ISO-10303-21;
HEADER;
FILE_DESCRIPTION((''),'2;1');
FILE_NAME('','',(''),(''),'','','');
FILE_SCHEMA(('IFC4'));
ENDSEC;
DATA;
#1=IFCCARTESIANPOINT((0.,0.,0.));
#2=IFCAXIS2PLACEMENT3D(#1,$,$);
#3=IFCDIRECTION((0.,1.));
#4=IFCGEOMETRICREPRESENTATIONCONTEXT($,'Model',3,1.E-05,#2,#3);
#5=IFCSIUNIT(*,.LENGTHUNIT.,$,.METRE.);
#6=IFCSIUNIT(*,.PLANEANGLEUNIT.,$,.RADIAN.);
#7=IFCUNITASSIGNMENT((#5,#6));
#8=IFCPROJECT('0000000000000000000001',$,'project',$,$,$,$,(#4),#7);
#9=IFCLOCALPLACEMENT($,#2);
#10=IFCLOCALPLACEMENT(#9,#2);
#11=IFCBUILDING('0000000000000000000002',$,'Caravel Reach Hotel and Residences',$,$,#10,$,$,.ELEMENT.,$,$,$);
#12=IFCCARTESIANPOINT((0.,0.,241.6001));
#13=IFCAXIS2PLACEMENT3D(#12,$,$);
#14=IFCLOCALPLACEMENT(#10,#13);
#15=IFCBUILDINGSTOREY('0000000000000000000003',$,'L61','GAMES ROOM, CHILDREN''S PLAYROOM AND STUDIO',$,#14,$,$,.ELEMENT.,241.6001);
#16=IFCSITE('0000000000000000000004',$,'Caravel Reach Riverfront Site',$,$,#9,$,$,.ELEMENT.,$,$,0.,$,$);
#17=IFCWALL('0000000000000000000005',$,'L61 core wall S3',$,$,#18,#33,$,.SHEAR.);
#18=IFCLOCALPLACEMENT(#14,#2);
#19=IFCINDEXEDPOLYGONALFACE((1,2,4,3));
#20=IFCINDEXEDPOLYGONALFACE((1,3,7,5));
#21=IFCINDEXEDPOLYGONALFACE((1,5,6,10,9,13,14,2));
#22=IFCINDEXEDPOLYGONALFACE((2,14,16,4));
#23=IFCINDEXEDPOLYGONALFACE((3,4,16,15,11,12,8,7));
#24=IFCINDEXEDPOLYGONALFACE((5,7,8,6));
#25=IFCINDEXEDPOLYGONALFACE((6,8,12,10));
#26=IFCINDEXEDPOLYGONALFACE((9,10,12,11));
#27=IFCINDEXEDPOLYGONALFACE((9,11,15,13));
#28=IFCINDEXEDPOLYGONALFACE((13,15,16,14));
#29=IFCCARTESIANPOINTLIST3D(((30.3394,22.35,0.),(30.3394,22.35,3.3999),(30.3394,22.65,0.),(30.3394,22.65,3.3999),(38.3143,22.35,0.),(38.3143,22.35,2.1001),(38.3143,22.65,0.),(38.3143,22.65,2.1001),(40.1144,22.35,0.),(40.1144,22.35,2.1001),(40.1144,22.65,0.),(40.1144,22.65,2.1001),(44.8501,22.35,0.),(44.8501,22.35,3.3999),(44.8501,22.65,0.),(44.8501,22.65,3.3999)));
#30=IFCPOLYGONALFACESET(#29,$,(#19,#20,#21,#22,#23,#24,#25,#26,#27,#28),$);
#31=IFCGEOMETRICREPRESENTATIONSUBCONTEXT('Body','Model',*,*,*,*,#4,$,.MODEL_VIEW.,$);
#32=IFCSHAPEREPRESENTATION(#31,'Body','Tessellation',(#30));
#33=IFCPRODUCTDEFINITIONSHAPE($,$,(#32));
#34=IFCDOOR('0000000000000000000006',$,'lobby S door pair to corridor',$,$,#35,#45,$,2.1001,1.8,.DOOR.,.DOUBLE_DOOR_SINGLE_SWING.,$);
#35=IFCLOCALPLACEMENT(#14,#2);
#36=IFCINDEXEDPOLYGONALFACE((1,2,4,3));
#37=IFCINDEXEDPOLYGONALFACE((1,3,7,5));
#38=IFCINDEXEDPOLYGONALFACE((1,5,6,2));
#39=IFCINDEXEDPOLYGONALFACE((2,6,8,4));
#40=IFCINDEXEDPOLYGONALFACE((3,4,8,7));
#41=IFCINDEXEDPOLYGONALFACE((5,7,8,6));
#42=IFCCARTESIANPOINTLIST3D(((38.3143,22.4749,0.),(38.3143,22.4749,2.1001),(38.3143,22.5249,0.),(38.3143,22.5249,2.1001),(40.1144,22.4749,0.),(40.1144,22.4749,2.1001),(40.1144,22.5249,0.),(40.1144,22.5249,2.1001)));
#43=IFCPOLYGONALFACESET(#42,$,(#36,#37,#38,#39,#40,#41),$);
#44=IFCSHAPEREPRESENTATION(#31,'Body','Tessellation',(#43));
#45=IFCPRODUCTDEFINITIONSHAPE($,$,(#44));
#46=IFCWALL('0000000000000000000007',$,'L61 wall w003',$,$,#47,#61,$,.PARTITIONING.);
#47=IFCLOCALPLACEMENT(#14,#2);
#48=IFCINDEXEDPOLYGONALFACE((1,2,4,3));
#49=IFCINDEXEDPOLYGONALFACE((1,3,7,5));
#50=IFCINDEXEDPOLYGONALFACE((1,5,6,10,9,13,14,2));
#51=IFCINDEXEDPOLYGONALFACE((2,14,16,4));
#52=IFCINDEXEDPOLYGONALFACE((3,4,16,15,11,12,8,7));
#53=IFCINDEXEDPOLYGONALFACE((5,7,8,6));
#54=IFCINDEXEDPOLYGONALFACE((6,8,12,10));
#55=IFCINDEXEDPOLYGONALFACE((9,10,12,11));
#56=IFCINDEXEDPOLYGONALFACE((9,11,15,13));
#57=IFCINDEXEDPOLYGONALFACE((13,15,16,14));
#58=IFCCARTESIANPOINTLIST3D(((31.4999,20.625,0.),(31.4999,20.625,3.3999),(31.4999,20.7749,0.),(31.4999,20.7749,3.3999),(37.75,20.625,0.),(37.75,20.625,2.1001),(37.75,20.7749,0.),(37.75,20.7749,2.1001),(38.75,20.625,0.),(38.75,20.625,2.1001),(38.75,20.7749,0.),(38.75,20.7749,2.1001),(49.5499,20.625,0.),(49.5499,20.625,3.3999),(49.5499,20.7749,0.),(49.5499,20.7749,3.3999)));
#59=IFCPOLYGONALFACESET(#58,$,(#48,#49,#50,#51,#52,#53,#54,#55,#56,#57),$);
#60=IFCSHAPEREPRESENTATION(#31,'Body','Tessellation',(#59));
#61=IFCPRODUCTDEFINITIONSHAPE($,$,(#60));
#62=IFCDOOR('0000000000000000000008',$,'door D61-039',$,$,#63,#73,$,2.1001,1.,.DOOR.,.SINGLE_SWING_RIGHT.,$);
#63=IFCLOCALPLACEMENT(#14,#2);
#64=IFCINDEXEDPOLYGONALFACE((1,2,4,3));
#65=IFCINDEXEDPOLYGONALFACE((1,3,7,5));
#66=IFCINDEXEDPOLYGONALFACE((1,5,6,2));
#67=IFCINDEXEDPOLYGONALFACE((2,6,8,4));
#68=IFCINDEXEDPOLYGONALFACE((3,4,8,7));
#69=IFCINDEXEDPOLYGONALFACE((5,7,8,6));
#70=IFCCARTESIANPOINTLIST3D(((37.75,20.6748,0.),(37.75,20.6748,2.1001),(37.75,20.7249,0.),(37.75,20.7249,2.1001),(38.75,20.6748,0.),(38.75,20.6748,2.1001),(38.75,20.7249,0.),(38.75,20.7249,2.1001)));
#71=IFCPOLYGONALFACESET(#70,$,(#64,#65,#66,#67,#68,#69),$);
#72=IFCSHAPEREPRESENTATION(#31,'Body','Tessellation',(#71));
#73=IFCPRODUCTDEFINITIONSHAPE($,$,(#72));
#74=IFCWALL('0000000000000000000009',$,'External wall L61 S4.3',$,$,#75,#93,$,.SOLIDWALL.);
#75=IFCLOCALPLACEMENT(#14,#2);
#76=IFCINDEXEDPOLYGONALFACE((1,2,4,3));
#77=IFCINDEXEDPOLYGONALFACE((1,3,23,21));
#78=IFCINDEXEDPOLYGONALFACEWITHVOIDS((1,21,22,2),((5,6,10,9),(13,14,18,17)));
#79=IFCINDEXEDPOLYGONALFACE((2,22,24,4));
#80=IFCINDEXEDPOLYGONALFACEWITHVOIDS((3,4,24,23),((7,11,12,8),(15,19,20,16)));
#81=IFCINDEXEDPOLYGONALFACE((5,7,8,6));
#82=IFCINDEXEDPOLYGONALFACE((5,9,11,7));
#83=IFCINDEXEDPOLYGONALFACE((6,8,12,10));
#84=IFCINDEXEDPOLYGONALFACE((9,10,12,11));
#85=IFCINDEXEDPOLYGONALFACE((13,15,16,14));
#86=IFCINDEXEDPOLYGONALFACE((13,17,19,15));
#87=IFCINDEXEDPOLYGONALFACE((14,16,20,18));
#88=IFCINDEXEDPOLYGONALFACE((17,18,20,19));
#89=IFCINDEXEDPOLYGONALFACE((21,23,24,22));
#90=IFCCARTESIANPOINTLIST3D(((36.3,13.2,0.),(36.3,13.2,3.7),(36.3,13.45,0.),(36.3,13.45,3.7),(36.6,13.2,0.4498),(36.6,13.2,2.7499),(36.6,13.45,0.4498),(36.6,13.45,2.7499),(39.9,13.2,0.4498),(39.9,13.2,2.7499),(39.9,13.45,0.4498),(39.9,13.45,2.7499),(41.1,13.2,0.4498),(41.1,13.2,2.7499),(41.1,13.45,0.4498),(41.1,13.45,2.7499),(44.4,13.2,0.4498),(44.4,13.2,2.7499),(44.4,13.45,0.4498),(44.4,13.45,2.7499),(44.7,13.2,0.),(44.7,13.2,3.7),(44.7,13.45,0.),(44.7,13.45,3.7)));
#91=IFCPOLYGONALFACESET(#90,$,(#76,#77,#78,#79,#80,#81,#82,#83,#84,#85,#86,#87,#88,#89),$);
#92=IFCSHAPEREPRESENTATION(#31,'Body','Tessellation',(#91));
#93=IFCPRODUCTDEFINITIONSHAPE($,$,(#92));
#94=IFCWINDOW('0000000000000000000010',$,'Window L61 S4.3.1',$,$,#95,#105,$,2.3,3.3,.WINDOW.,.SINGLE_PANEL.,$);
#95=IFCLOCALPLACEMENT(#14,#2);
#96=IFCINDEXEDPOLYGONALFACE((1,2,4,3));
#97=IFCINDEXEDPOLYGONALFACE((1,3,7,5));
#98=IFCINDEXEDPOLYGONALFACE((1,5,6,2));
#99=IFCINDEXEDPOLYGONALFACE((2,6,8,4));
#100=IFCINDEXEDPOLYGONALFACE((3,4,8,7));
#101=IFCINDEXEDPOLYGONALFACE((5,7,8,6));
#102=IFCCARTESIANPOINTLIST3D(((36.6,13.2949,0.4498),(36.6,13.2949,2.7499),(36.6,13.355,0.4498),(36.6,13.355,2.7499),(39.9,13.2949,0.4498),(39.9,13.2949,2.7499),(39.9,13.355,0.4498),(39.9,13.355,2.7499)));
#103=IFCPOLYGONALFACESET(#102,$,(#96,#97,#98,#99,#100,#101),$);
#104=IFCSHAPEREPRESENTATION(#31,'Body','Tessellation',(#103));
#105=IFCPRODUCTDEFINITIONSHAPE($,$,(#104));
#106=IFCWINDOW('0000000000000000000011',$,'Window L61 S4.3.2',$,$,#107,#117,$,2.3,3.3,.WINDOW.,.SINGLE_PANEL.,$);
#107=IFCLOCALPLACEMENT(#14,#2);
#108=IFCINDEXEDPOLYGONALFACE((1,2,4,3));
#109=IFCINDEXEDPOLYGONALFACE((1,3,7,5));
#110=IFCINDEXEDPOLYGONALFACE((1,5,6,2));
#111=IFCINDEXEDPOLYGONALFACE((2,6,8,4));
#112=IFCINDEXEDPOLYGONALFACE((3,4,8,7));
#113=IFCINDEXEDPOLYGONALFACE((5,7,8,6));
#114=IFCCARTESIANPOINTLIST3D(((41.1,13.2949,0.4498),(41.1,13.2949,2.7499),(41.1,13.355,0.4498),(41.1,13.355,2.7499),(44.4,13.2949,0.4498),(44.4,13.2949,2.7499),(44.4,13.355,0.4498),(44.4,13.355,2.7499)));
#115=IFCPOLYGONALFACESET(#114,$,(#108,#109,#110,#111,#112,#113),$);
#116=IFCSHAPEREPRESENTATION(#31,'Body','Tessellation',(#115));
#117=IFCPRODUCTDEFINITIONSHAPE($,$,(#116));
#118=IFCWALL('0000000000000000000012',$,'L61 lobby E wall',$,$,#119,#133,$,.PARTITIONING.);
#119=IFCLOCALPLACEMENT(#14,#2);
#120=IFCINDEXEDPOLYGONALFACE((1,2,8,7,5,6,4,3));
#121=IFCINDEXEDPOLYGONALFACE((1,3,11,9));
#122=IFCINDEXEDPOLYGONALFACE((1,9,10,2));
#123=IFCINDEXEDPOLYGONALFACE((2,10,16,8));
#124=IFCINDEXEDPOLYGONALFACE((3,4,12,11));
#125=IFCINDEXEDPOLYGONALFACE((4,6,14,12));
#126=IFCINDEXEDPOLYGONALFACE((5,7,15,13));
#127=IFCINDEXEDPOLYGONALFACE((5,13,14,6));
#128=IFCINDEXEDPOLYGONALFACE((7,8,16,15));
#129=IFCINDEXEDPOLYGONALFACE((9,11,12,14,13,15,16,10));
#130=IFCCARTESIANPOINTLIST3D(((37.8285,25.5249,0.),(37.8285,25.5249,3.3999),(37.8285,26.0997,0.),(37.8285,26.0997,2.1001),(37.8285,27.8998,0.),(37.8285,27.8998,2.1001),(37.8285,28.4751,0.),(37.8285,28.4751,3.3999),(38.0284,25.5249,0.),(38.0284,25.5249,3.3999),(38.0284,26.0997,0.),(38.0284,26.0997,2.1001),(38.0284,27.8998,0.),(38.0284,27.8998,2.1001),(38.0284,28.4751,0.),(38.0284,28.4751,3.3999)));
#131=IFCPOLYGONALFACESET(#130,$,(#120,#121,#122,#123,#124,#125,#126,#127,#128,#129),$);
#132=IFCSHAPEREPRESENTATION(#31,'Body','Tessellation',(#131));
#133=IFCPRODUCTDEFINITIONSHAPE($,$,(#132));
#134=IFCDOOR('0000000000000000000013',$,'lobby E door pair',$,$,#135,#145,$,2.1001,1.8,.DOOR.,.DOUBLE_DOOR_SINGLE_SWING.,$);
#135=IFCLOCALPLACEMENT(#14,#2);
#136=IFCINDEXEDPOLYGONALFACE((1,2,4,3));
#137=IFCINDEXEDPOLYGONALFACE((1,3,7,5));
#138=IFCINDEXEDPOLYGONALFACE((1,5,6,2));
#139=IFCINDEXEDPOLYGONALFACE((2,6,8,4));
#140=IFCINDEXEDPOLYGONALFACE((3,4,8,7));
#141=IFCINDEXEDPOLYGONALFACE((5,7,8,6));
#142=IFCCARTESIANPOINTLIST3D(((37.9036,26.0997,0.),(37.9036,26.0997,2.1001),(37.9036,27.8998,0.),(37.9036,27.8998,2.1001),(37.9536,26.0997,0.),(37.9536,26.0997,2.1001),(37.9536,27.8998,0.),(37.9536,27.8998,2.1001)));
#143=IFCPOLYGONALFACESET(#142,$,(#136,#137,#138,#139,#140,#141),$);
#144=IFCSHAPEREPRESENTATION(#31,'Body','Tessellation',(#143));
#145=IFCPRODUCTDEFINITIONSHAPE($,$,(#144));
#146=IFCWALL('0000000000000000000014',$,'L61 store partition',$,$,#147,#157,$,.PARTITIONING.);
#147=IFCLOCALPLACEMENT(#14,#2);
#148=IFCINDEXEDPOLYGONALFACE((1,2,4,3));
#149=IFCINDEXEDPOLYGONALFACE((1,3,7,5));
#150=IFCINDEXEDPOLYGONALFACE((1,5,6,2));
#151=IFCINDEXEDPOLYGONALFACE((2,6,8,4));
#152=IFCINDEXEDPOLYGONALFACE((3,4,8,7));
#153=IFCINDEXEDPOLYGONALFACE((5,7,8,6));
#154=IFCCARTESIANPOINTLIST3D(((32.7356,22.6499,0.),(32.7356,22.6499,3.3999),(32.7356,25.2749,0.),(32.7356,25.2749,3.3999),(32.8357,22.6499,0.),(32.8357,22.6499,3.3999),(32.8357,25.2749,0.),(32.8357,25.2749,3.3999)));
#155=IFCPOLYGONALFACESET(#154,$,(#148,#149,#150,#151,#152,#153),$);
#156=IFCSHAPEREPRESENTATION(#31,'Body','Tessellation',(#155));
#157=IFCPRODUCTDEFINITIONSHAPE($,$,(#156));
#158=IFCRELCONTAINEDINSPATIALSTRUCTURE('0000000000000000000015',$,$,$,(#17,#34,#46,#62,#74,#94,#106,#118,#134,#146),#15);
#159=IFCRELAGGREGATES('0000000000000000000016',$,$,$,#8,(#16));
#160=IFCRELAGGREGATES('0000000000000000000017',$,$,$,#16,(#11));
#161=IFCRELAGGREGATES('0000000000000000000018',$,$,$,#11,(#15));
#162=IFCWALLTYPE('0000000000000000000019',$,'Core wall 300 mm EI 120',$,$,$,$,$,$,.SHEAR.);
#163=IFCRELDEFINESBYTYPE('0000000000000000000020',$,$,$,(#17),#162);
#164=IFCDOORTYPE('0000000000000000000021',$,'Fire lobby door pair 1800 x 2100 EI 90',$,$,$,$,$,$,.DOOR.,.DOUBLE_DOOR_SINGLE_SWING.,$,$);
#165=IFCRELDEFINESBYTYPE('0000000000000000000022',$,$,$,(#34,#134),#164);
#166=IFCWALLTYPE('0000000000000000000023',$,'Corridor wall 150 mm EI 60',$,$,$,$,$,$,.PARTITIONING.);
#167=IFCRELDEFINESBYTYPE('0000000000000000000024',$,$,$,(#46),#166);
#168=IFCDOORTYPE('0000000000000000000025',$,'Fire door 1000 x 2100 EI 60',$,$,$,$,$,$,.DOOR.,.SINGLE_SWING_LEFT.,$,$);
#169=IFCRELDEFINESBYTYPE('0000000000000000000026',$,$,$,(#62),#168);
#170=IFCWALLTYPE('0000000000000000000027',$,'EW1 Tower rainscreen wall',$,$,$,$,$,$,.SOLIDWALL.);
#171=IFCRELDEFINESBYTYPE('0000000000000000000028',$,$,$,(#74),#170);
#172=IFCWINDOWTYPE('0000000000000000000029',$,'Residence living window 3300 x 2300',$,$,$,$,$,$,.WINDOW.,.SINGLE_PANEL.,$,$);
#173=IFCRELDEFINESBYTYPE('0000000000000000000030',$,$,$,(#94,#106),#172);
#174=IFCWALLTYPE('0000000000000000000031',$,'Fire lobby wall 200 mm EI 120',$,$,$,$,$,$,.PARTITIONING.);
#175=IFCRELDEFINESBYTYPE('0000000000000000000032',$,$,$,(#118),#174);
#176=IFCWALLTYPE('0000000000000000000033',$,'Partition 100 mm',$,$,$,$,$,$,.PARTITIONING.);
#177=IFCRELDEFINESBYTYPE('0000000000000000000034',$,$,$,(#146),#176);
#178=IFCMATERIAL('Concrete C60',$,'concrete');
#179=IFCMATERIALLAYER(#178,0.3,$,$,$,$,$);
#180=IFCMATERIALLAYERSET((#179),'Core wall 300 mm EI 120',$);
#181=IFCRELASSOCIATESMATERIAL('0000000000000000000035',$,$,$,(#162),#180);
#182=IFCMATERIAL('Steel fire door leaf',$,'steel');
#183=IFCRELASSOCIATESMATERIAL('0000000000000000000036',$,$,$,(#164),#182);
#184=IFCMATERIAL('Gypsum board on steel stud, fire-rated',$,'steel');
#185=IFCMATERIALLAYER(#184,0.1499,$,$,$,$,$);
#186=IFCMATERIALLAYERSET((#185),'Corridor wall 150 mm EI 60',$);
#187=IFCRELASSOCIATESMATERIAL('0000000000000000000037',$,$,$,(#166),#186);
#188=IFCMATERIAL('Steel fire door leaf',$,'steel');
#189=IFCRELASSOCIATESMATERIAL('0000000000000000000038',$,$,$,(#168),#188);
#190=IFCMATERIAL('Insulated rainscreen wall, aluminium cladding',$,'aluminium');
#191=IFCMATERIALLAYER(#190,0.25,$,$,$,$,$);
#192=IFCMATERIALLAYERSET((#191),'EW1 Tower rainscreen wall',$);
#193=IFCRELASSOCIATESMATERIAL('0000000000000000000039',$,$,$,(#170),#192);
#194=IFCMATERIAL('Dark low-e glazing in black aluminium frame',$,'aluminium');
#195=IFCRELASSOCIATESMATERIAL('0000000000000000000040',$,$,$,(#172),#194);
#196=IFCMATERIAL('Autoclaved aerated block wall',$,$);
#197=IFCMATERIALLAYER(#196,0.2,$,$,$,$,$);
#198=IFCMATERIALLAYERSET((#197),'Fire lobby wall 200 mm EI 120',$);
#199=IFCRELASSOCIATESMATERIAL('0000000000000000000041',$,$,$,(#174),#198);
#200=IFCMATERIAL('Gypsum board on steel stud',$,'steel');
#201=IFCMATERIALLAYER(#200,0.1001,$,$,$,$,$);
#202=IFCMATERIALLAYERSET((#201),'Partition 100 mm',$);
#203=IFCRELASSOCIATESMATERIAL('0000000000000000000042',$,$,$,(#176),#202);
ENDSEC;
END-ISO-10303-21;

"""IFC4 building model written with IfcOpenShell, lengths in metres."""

from ifc_helpers import new_model, si_unit, direction, frame, frame_2d, origin, place, context, subcontext, project, spatial, rectangle, extrude, material, layer, layer_set, type_object, element, fill, save


model = new_model("IFC4")

# Units and contexts
model_context = context("Model", 3, precision=1e-05, world=origin(), true_north=direction((0.0, 1.0)))
body_context = subcontext(model_context, "Body", "Model", "MODEL_VIEW")
ifc_project = project(units=[si_unit("LENGTHUNIT", "METRE"), si_unit("PLANEANGLEUNIT", "RADIAN")], contexts=[model_context])

# Site, building, storey
site_placement = place(None, origin())
site = spatial("IfcSite", under=ifc_project, at=site_placement, Name="Caravel Reach Riverfront Site", CompositionType="ELEMENT", RefElevation=0.0)
building_placement = place(site_placement, origin())
building = spatial("IfcBuilding", under=site, at=building_placement, Name="Caravel Reach Hotel and Residences", CompositionType="ELEMENT")
storey_placement = place(building_placement, frame((0.0, 0.0, 241.6001)))
storey = spatial("IfcBuildingStorey", under=building, at=storey_placement, Name="L61", Description="GAMES ROOM, CHILDREN'S PLAYROOM AND STUDIO", CompositionType="ELEMENT", Elevation=241.6001)

# Walls, openings, doors
ifc_material_1 = material(Name="Concrete C60", Category="concrete")
ifc_layer_1 = layer(ifc_material_1, 0.3)
ifc_layer_set_1 = layer_set([ifc_layer_1], Name="Core wall 300 mm EI 120")
wall_type_1 = type_object("IfcWallType", Name="Core wall 300 mm EI 120", PredefinedType="SHEAR", material=ifc_layer_set_1)
wall_1_placement = place(storey_placement, frame((30.3394, 22.5, 0.0), z_axis=(0.0, 0.0, 1.0), x_axis=(1.0, 0.0, 0.0)))
wall_1 = element("IfcWall", 1, at=wall_1_placement, inside=storey, type_object=wall_type_1, Name="L61 core wall S3", PredefinedType="SHEAR", context=body_context, shape_type="SweptSolid", body=[
    extrude(rectangle(XDim=14.5107, YDim=0.3, at=frame_2d((7.2554, 0.0))), origin(), (0.0, 0.0, 1.0), 3.3999),
])
opening_1_placement = place(wall_1_placement, frame((7.9751, 0.0, 0.0)))
opening_1 = element("IfcOpeningElement", 2, at=opening_1_placement, cuts=wall_1, PredefinedType="OPENING", context=body_context, shape_type="SweptSolid", body=[
    extrude(rectangle(XDim=1.8, YDim=2.1001, at=frame_2d((0.8999, 1.05))), frame((0.0, 0.1599, 0.0), z_axis=(0.0, -1.0, 0.0), x_axis=(1.0, 0.0, 0.0)), (0.0, 0.0, 1.0), 0.3201),
])
ifc_material_2 = material(Name="Steel fire door leaf", Category="steel")
door_type_1 = type_object("IfcDoorType", Name="Fire lobby door pair 1800 x 2100 EI 90", OperationType="DOUBLE_DOOR_SINGLE_SWING", PredefinedType="DOOR", material=ifc_material_2)
door_1_placement = place(opening_1_placement, origin())
door_1 = element("IfcDoor", 3, at=door_1_placement, inside=storey, type_object=door_type_1, Name="lobby S door pair to corridor", OperationType="DOUBLE_DOOR_SINGLE_SWING", OverallHeight=2.1001, OverallWidth=1.8, PredefinedType="DOOR", context=body_context, shape_type="SweptSolid", body=[
    extrude(rectangle(XDim=1.8, YDim=2.1001, at=frame_2d((0.8999, 1.05))), frame((0.0, 0.0249, 0.0), z_axis=(0.0, -1.0, 0.0), x_axis=(1.0, 0.0, 0.0)), (0.0, 0.0, 1.0), 0.05),
])
fill(opening_1, door_1)
ifc_material_3 = material(Name="Gypsum board on steel stud, fire-rated", Category="steel")
ifc_layer_2 = layer(ifc_material_3, 0.1499)
ifc_layer_set_2 = layer_set([ifc_layer_2], Name="Corridor wall 150 mm EI 60")
wall_type_2 = type_object("IfcWallType", Name="Corridor wall 150 mm EI 60", PredefinedType="PARTITIONING", material=ifc_layer_set_2)
wall_2_placement = place(storey_placement, frame((31.5, 20.7, 0.0), z_axis=(0.0, 0.0, 1.0), x_axis=(1.0, 0.0, 0.0)))
wall_2 = element("IfcWall", 4, at=wall_2_placement, inside=storey, type_object=wall_type_2, Name="L61 wall w003", PredefinedType="PARTITIONING", context=body_context, shape_type="SweptSolid", body=[
    extrude(rectangle(XDim=18.05, YDim=0.1499, at=frame_2d((9.0249, 0.0))), origin(), (0.0, 0.0, 1.0), 3.3999),
])
opening_2_placement = place(wall_2_placement, frame((6.25, 0.0, 0.0)))
opening_2 = element("IfcOpeningElement", 5, at=opening_2_placement, cuts=wall_2, PredefinedType="OPENING", context=body_context, shape_type="SweptSolid", body=[
    extrude(rectangle(XDim=1.0, YDim=2.1001, at=frame_2d((0.5, 1.05))), frame((0.0, 0.085, 0.0), z_axis=(0.0, -1.0, 0.0), x_axis=(1.0, 0.0, 0.0)), (0.0, 0.0, 1.0), 0.1699),
])
ifc_material_4 = material(Name="Steel fire door leaf", Category="steel")
door_type_2 = type_object("IfcDoorType", Name="Fire door 1000 x 2100 EI 60", OperationType="SINGLE_SWING_LEFT", PredefinedType="DOOR", material=ifc_material_4)
door_2_placement = place(opening_2_placement, origin())
door_2 = element("IfcDoor", 6, at=door_2_placement, inside=storey, type_object=door_type_2, Name="door D61-039", OperationType="SINGLE_SWING_RIGHT", OverallHeight=2.1001, OverallWidth=1.0, PredefinedType="DOOR", context=body_context, shape_type="SweptSolid", body=[
    extrude(rectangle(XDim=1.0, YDim=2.1001, at=frame_2d((0.5, 1.05))), frame((0.0, 0.0249, 0.0), z_axis=(0.0, -1.0, 0.0), x_axis=(1.0, 0.0, 0.0)), (0.0, 0.0, 1.0), 0.05),
])
fill(opening_2, door_2)

# Wall, openings, windows
ifc_material_5 = material(Name="Insulated rainscreen wall, aluminium cladding", Category="aluminium")
ifc_layer_3 = layer(ifc_material_5, 0.25)
ifc_layer_set_3 = layer_set([ifc_layer_3], Name="EW1 Tower rainscreen wall")
wall_type_3 = type_object("IfcWallType", Name="EW1 Tower rainscreen wall", PredefinedType="SOLIDWALL", material=ifc_layer_set_3)
wall_3_placement = place(storey_placement, frame((36.3, 13.325, 0.0), z_axis=(0.0, 0.0, 1.0), x_axis=(1.0, 0.0, 0.0)))
wall_3 = element("IfcWall", 7, at=wall_3_placement, inside=storey, type_object=wall_type_3, Name="External wall L61 S4.3", PredefinedType="SOLIDWALL", context=body_context, shape_type="SweptSolid", body=[
    extrude(rectangle(XDim=8.3999, YDim=0.25, at=frame_2d((4.2, 0.0))), origin(), (0.0, 0.0, 1.0), 3.7),
])
opening_3_placement = place(wall_3_placement, frame((0.3, 0.0, 0.45)))
opening_3 = element("IfcOpeningElement", 8, at=opening_3_placement, cuts=wall_3, PredefinedType="OPENING", context=body_context, shape_type="SweptSolid", body=[
    extrude(rectangle(XDim=3.3, YDim=2.3, at=frame_2d((1.6499, 1.1499))), frame((0.0, 0.135, 0.0), z_axis=(0.0, -1.0, 0.0), x_axis=(1.0, 0.0, 0.0)), (0.0, 0.0, 1.0), 0.27),
])
opening_4_placement = place(wall_3_placement, frame((4.8, 0.0, 0.45)))
opening_4 = element("IfcOpeningElement", 9, at=opening_4_placement, cuts=wall_3, PredefinedType="OPENING", context=body_context, shape_type="SweptSolid", body=[
    extrude(rectangle(XDim=3.3, YDim=2.3, at=frame_2d((1.6499, 1.1499))), frame((0.0, 0.135, 0.0), z_axis=(0.0, -1.0, 0.0), x_axis=(1.0, 0.0, 0.0)), (0.0, 0.0, 1.0), 0.27),
])
ifc_material_6 = material(Name="Dark low-e glazing in black aluminium frame", Category="aluminium")
window_type = type_object("IfcWindowType", Name="Residence living window 3300 x 2300", PartitioningType="SINGLE_PANEL", PredefinedType="WINDOW", material=ifc_material_6)
window_1_placement = place(opening_3_placement, origin())
window_1 = element("IfcWindow", 10, at=window_1_placement, inside=storey, type_object=window_type, Name="Window L61 S4.3.1", OverallHeight=2.3, OverallWidth=3.3, PartitioningType="SINGLE_PANEL", PredefinedType="WINDOW", context=body_context, shape_type="SweptSolid", body=[
    extrude(rectangle(XDim=3.3, YDim=2.3, at=frame_2d((1.6499, 1.1499))), frame((0.0, 0.03, 0.0), z_axis=(0.0, -1.0, 0.0), x_axis=(1.0, 0.0, 0.0)), (0.0, 0.0, 1.0), 0.0601),
])
fill(opening_3, window_1)
window_2_placement = place(opening_4_placement, origin())
window_2 = element("IfcWindow", 11, at=window_2_placement, inside=storey, type_object=window_type, Name="Window L61 S4.3.2", OverallHeight=2.3, OverallWidth=3.3, PartitioningType="SINGLE_PANEL", PredefinedType="WINDOW", context=body_context, shape_type="SweptSolid", body=[
    extrude(rectangle(XDim=3.3, YDim=2.3, at=frame_2d((1.6499, 1.1499))), frame((0.0, 0.03, 0.0), z_axis=(0.0, -1.0, 0.0), x_axis=(1.0, 0.0, 0.0)), (0.0, 0.0, 1.0), 0.0601),
])
fill(opening_4, window_2)

# Wall, opening, door
ifc_material_7 = material(Name="Autoclaved aerated block wall")
ifc_layer_4 = layer(ifc_material_7, 0.2)
ifc_layer_set_4 = layer_set([ifc_layer_4], Name="Fire lobby wall 200 mm EI 120")
wall_type_4 = type_object("IfcWallType", Name="Fire lobby wall 200 mm EI 120", PredefinedType="PARTITIONING", material=ifc_layer_set_4)
wall_4_placement = place(storey_placement, frame((37.9285, 25.5249, 0.0), z_axis=(0.0, 0.0, 1.0), x_axis=(0.0, 1.0, 0.0)))
wall_4 = element("IfcWall", 12, at=wall_4_placement, inside=storey, type_object=wall_type_4, Name="L61 lobby E wall", PredefinedType="PARTITIONING", context=body_context, shape_type="SweptSolid", body=[
    extrude(rectangle(XDim=2.9502, YDim=0.2, at=frame_2d((1.4751, 0.0))), origin(), (0.0, 0.0, 1.0), 3.3999),
])
opening_5_placement = place(wall_4_placement, frame((0.575, 0.0, 0.0)))
opening_5 = element("IfcOpeningElement", 13, at=opening_5_placement, cuts=wall_4, PredefinedType="OPENING", context=body_context, shape_type="SweptSolid", body=[
    extrude(rectangle(XDim=1.8, YDim=2.1001, at=frame_2d((0.8999, 1.05))), frame((0.0, 0.1099, 0.0), z_axis=(0.0, -1.0, 0.0), x_axis=(1.0, 0.0, 0.0)), (0.0, 0.0, 1.0), 0.22),
])
door_3_placement = place(opening_5_placement, origin())
door_3 = element("IfcDoor", 14, at=door_3_placement, inside=storey, type_object=door_type_1, Name="lobby E door pair", OperationType="DOUBLE_DOOR_SINGLE_SWING", OverallHeight=2.1001, OverallWidth=1.8, PredefinedType="DOOR", context=body_context, shape_type="SweptSolid", body=[
    extrude(rectangle(XDim=1.8, YDim=2.1001, at=frame_2d((0.8999, 1.05))), frame((0.0, 0.0249, 0.0), z_axis=(0.0, -1.0, 0.0), x_axis=(1.0, 0.0, 0.0)), (0.0, 0.0, 1.0), 0.05),
])
fill(opening_5, door_3)

# Wall
ifc_material_8 = material(Name="Gypsum board on steel stud", Category="steel")
ifc_layer_5 = layer(ifc_material_8, 0.1001)
ifc_layer_set_5 = layer_set([ifc_layer_5], Name="Partition 100 mm")
wall_type_5 = type_object("IfcWallType", Name="Partition 100 mm", PredefinedType="PARTITIONING", material=ifc_layer_set_5)
wall_5_placement = place(storey_placement, frame((32.7856, 22.6499, 0.0), z_axis=(0.0, 0.0, 1.0), x_axis=(0.0, 1.0, 0.0)))
element("IfcWall", 15, at=wall_5_placement, inside=storey, type_object=wall_type_5, Name="L61 store partition", PredefinedType="PARTITIONING", context=body_context, shape_type="SweptSolid", body=[
    extrude(rectangle(XDim=2.625, YDim=0.1001, at=frame_2d((1.3125, 0.0))), origin(), (0.0, 0.0, 1.0), 3.3999),
])

save(model, "model.ifc")
